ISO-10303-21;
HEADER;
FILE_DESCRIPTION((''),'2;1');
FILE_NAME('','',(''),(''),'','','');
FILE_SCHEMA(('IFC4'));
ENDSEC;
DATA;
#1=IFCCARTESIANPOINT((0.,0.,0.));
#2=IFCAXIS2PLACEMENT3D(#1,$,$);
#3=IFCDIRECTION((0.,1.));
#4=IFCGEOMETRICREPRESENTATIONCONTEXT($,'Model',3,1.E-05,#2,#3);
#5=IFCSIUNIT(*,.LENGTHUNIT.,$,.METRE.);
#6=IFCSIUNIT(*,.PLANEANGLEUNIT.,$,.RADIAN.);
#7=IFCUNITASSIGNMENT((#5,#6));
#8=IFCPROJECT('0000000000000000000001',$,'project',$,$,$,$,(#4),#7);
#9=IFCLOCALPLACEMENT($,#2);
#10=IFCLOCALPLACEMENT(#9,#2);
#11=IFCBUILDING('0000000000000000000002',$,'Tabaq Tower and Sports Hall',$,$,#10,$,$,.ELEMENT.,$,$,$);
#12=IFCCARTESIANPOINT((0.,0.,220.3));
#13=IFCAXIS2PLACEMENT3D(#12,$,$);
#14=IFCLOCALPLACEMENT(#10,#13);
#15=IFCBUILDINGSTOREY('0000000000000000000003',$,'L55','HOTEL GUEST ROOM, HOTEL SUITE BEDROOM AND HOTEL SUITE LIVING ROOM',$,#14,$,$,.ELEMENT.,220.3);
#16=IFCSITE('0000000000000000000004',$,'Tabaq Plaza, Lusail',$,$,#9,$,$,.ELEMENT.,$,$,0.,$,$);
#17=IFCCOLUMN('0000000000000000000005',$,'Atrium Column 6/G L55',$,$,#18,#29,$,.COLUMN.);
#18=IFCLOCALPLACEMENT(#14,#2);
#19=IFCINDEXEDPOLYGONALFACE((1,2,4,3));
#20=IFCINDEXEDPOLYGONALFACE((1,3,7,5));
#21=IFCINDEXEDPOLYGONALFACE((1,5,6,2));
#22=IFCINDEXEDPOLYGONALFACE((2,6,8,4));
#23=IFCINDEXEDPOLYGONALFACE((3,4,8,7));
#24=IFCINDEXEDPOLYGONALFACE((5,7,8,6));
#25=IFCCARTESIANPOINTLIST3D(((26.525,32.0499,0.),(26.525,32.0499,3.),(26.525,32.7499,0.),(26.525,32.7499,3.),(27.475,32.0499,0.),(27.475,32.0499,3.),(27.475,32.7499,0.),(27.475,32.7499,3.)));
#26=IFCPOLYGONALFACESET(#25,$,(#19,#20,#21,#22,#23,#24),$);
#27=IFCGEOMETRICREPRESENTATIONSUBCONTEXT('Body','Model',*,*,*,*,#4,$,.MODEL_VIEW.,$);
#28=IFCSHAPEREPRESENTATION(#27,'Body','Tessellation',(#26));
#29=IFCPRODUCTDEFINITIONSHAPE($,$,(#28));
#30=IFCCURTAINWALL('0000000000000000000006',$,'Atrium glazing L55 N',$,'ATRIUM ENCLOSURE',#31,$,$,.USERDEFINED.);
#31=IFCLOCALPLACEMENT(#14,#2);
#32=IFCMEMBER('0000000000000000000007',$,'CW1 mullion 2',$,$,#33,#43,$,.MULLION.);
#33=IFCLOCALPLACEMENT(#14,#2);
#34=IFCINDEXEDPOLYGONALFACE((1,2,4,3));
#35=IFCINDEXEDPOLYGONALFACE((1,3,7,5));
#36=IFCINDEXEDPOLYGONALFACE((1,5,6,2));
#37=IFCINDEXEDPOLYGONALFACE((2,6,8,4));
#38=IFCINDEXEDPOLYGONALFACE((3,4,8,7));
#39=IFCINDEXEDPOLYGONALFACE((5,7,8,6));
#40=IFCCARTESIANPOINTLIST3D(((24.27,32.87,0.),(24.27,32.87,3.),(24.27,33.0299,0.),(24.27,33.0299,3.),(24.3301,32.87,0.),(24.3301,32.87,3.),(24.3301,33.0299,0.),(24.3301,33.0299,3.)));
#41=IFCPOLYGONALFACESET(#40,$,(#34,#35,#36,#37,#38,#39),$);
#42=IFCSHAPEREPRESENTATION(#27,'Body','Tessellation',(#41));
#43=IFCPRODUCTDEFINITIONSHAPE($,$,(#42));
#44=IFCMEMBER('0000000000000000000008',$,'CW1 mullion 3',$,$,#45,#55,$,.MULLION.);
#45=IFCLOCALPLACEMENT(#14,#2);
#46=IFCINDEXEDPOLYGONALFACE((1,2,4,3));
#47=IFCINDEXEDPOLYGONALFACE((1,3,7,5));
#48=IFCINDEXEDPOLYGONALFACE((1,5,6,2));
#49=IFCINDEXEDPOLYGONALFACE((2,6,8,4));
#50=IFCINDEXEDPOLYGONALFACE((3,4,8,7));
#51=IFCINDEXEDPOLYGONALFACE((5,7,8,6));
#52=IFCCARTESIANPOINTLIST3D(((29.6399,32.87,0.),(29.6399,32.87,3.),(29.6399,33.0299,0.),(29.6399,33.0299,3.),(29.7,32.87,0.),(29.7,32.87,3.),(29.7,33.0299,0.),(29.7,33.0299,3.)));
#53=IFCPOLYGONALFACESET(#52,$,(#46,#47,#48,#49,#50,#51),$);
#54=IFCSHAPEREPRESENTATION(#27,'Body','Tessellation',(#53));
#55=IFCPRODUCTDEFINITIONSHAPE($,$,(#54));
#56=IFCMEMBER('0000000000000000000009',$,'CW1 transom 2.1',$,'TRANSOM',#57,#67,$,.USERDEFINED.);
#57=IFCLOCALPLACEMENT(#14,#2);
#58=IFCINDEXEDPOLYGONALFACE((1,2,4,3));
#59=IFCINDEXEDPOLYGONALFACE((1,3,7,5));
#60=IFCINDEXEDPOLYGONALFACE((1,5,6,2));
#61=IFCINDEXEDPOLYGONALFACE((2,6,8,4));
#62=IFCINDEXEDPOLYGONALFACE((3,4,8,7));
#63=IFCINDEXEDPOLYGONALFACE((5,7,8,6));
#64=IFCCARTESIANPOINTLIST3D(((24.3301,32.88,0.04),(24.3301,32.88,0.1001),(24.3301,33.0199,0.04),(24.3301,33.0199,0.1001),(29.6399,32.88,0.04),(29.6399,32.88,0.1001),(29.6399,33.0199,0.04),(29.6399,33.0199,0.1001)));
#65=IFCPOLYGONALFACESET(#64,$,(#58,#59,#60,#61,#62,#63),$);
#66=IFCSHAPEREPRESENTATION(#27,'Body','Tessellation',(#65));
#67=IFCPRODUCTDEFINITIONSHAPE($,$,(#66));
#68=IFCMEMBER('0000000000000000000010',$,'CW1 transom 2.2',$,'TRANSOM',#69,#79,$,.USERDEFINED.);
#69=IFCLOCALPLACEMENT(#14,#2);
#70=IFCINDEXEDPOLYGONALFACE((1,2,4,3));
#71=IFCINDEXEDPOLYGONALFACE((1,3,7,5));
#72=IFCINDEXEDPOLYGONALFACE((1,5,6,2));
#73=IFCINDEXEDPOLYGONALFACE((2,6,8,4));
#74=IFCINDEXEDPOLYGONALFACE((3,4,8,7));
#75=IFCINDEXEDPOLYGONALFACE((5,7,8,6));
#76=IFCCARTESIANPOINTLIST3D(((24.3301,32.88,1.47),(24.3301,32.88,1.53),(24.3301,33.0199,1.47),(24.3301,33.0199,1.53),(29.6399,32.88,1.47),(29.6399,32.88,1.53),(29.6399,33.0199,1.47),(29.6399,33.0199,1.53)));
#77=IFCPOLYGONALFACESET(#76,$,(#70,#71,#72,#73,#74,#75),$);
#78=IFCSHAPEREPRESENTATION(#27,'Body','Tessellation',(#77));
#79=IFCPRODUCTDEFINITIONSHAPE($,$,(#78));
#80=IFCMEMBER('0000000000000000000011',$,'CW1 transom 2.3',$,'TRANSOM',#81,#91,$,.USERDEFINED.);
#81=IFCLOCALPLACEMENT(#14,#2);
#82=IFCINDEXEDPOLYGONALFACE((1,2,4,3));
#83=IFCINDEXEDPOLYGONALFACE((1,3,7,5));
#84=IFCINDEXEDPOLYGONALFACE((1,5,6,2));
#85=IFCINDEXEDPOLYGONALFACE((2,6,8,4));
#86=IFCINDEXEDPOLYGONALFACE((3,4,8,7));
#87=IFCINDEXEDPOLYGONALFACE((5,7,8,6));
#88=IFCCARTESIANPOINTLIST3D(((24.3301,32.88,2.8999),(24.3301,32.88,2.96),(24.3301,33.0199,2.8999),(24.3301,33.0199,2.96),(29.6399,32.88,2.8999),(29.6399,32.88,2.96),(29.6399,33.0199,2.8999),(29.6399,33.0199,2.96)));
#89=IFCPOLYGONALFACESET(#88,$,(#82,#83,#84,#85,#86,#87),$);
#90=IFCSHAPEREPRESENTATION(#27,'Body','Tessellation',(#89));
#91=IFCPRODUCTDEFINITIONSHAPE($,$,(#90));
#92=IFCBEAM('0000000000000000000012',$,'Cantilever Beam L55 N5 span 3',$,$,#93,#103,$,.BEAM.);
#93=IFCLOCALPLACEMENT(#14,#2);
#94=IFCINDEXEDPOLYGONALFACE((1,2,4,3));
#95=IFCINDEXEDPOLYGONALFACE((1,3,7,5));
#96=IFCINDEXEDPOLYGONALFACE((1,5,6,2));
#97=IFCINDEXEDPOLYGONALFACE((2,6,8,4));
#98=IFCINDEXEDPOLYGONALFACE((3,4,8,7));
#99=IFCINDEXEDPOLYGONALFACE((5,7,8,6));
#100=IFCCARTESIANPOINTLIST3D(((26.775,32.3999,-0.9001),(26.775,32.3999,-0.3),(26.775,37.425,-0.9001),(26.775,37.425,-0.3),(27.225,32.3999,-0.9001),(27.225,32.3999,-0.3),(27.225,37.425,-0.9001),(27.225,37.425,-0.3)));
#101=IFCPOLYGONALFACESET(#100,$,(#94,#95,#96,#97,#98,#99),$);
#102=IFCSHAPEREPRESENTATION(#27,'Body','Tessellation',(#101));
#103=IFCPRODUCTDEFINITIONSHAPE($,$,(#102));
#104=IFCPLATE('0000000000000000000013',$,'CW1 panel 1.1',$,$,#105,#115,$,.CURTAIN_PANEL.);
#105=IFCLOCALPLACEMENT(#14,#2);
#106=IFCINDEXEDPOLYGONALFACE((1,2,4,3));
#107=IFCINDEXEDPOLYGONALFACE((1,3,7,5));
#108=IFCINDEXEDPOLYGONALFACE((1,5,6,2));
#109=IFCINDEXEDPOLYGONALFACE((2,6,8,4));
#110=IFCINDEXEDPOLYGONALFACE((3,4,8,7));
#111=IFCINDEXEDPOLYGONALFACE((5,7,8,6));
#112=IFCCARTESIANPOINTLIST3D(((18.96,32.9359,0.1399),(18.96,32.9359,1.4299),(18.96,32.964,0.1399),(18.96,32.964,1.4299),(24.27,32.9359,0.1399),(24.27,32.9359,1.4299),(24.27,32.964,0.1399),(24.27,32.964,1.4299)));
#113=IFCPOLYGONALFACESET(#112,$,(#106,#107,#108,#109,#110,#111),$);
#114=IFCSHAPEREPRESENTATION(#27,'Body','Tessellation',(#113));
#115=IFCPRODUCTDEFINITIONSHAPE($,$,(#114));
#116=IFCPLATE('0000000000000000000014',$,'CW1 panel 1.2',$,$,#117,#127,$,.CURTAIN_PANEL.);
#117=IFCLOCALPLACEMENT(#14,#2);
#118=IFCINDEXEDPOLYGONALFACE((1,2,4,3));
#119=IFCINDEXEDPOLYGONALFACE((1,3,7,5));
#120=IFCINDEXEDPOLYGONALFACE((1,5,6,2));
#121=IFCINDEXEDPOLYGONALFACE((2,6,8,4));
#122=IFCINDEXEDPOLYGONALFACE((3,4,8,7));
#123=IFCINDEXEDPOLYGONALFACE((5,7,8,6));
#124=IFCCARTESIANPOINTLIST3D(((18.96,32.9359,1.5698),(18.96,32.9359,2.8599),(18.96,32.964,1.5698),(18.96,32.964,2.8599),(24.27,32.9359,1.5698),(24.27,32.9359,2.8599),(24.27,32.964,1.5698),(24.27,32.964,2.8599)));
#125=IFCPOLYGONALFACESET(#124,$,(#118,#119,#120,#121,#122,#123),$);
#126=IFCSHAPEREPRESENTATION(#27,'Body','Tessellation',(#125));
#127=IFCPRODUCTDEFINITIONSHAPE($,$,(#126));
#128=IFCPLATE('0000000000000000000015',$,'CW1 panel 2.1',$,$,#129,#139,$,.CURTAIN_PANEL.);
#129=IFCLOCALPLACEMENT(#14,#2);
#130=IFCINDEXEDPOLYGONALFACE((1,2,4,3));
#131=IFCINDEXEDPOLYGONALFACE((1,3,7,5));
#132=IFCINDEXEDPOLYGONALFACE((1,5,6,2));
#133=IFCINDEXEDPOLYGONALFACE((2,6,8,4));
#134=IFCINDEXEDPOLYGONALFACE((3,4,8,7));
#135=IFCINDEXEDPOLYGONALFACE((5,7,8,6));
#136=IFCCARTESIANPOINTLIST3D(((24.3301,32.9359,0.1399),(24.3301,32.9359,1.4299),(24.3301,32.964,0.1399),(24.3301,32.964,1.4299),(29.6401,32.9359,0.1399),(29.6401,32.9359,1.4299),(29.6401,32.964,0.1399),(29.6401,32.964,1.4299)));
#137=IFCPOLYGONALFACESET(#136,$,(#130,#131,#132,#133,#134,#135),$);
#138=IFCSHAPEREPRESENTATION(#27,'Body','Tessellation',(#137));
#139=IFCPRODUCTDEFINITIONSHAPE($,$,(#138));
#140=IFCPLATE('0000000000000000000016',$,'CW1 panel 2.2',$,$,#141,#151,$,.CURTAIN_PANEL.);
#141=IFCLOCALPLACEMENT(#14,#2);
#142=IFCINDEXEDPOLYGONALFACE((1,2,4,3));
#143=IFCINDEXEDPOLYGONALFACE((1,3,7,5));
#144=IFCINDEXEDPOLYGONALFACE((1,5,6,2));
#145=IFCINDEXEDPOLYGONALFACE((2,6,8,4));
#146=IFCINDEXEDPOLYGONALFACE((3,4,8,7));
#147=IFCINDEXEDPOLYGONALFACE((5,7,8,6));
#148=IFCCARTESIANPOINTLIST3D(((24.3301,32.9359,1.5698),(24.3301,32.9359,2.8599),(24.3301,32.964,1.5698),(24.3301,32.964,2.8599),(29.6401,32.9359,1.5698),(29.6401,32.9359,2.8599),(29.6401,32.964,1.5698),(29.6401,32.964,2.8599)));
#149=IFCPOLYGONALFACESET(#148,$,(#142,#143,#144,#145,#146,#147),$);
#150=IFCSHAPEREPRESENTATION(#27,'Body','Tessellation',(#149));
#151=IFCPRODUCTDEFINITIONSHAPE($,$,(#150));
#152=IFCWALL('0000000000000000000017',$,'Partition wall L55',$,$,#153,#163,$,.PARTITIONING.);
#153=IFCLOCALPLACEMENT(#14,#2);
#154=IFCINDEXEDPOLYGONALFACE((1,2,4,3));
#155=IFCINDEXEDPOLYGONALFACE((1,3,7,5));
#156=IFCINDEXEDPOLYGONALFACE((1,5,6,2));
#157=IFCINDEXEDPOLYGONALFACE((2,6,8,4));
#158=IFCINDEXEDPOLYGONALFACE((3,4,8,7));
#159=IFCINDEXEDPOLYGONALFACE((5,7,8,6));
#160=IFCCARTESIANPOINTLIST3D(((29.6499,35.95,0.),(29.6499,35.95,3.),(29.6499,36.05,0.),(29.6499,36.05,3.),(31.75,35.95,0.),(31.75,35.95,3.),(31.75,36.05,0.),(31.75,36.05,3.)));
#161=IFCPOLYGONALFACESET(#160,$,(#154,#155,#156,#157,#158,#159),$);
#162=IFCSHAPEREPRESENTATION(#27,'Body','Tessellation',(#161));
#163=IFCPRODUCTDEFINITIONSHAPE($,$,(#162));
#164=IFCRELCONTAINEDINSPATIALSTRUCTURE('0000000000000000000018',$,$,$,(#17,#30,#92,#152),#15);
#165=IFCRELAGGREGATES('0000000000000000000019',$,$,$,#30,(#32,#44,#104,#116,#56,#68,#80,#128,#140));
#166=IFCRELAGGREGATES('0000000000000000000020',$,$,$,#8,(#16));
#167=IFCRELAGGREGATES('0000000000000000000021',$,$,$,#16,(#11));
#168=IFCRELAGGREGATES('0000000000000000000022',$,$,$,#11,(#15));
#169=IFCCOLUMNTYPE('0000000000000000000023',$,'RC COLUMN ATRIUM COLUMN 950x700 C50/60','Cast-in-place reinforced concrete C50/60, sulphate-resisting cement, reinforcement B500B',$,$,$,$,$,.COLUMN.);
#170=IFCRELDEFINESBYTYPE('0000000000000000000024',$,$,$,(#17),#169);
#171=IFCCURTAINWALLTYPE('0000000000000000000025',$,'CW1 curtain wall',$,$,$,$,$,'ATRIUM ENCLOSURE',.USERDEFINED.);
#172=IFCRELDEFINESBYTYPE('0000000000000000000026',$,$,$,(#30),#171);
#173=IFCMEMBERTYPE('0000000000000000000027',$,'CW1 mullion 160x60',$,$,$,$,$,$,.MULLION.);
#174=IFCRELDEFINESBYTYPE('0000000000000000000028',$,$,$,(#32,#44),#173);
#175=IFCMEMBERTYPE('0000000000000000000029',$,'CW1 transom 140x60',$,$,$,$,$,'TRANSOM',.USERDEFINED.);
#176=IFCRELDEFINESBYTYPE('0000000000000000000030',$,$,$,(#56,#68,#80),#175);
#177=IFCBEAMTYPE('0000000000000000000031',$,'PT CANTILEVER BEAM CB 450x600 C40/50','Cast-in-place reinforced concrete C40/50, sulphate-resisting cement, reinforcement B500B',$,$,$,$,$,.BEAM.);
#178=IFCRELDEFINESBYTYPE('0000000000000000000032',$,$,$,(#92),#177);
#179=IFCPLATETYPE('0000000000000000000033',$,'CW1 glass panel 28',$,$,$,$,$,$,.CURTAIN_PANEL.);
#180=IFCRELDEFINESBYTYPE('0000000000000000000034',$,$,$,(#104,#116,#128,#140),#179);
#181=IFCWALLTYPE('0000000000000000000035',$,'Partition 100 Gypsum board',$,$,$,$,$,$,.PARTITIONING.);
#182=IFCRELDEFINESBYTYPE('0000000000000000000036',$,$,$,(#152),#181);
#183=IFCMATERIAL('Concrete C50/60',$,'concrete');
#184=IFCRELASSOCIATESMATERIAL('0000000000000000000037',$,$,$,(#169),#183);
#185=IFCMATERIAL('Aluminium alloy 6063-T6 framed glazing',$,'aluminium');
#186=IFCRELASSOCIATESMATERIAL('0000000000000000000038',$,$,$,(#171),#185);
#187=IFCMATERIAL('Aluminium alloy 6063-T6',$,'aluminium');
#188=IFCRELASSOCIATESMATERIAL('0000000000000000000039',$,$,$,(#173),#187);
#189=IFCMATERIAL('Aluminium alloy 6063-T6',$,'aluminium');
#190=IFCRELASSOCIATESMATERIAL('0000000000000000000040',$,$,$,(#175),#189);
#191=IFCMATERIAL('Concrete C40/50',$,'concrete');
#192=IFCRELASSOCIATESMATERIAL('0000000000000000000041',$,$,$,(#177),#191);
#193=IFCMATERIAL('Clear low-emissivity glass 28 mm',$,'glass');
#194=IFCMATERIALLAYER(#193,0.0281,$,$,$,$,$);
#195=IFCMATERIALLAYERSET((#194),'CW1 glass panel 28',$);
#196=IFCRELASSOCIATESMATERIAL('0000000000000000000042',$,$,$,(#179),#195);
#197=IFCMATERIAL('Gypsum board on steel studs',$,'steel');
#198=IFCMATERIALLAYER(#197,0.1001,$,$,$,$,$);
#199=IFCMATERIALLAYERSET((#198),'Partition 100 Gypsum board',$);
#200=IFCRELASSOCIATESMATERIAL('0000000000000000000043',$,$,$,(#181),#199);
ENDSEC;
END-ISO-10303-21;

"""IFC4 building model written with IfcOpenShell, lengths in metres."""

from ifc_helpers import new_model, si_unit, direction, frame, frame_2d, origin, origin_2d, place, context, subcontext, project, spatial, rectangle, extrude, material, layer, layer_set, material_profile, profile_set, type_object, element, aggregate, save


model = new_model("IFC4")

# Units and contexts
model_context = context("Model", 3, precision=1e-05, world=origin(), true_north=direction((0.0, 1.0)))
body_context = subcontext(model_context, "Body", "Model", "MODEL_VIEW")
ifc_project = project(units=[si_unit("LENGTHUNIT", "METRE"), si_unit("PLANEANGLEUNIT", "RADIAN")], contexts=[model_context])

# Site, building, storey
site_placement = place(None, origin())
site = spatial("IfcSite", under=ifc_project, at=site_placement, Name="Tabaq Plaza, Lusail", CompositionType="ELEMENT", RefElevation=0.0)
building_placement = place(site_placement, origin())
building = spatial("IfcBuilding", under=site, at=building_placement, Name="Tabaq Tower and Sports Hall", CompositionType="ELEMENT")
storey_placement = place(building_placement, frame((0.0, 0.0, 220.3)))
storey = spatial("IfcBuildingStorey", under=building, at=storey_placement, Name="L55", Description="HOTEL GUEST ROOM, HOTEL SUITE BEDROOM AND HOTEL SUITE LIVING ROOM", CompositionType="ELEMENT", Elevation=220.3)

# Column
ifc_material_1 = material(Name="Concrete C50/60", Category="concrete")
ifc_material_profile_1 = material_profile(ifc_material_1, rectangle(XDim=0.95, YDim=0.7, at=origin_2d()), Name="ATRIUM COLUMN 950x700")
ifc_profile_set_1 = profile_set([ifc_material_profile_1], Name="Concrete C50/60")
column_type = type_object("IfcColumnType", Name="RC COLUMN ATRIUM COLUMN 950x700 C50/60", Description="Cast-in-place reinforced concrete C50/60, sulphate-resisting cement, reinforcement B500B", PredefinedType="COLUMN", material=ifc_profile_set_1)
column_placement = place(storey_placement, frame((27.0, 32.3999, 0.0), z_axis=(0.0, 0.0, 1.0), x_axis=(1.0, 0.0, 0.0)))
element("IfcColumn", 1, at=column_placement, inside=storey, type_object=column_type, Name="Atrium Column 6/G L55", PredefinedType="COLUMN", context=body_context, shape_type="SweptSolid", body=[
    extrude(rectangle(XDim=0.95, YDim=0.7, at=origin_2d()), origin(), (0.0, 0.0, 1.0), 3.0),
])

# Curtain wall, members
ifc_material_2 = material(Name="Aluminium alloy 6063-T6 framed glazing", Category="aluminium")
curtain_wall_type = type_object("IfcCurtainWallType", Name="CW1 curtain wall", ElementType="ATRIUM ENCLOSURE", PredefinedType="USERDEFINED", material=ifc_material_2)
curtain_wall_placement = place(storey_placement, origin())
curtain_wall = element("IfcCurtainWall", 2, at=curtain_wall_placement, inside=storey, type_object=curtain_wall_type, Name="Atrium glazing L55 N", ObjectType="ATRIUM ENCLOSURE", PredefinedType="USERDEFINED")
ifc_material_3 = material(Name="Aluminium alloy 6063-T6", Category="aluminium")
ifc_material_profile_2 = material_profile(ifc_material_3, rectangle(XDim=0.1599, YDim=0.0601, at=origin_2d()), Name="MULLION 160x60")
ifc_profile_set_2 = profile_set([ifc_material_profile_2], Name="Aluminium alloy 6063-T6")
member_type_1 = type_object("IfcMemberType", Name="CW1 mullion 160x60", PredefinedType="MULLION", material=ifc_profile_set_2)
member_1_placement = place(storey_placement, frame((24.3, 32.95, 0.0), z_axis=(0.0, 0.0, 1.0), x_axis=(0.0, 1.0, 0.0)))
member_1 = element("IfcMember", 3, at=member_1_placement, type_object=member_type_1, Name="CW1 mullion 2", PredefinedType="MULLION", context=body_context, shape_type="SweptSolid", body=[
    extrude(rectangle(XDim=0.1599, YDim=0.0601, at=origin_2d()), origin(), (0.0, 0.0, 1.0), 3.0),
])
member_2_placement = place(storey_placement, frame((29.6699, 32.95, 0.0), z_axis=(0.0, 0.0, 1.0), x_axis=(0.0, 1.0, 0.0)))
member_2 = element("IfcMember", 4, at=member_2_placement, type_object=member_type_1, Name="CW1 mullion 3", PredefinedType="MULLION", context=body_context, shape_type="SweptSolid", body=[
    extrude(rectangle(XDim=0.1599, YDim=0.0601, at=origin_2d()), origin(), (0.0, 0.0, 1.0), 3.0),
])
ifc_material_4 = material(Name="Aluminium alloy 6063-T6", Category="aluminium")
ifc_material_profile_3 = material_profile(ifc_material_4, rectangle(XDim=0.1399, YDim=0.0601, at=origin_2d()), Name="TRANSOM 140x60")
ifc_profile_set_3 = profile_set([ifc_material_profile_3], Name="Aluminium alloy 6063-T6")
member_type_2 = type_object("IfcMemberType", Name="CW1 transom 140x60", ElementType="TRANSOM", PredefinedType="USERDEFINED", material=ifc_profile_set_3)
member_3_placement = place(storey_placement, frame((24.3301, 32.95, 0.0701), z_axis=(1.0, 0.0, 0.0), x_axis=(0.0, 1.0, 0.0)))
member_3 = element("IfcMember", 5, at=member_3_placement, type_object=member_type_2, Name="CW1 transom 2.1", ObjectType="TRANSOM", PredefinedType="USERDEFINED", context=body_context, shape_type="SweptSolid", body=[
    extrude(rectangle(XDim=0.1399, YDim=0.0601, at=origin_2d()), origin(), (0.0, 0.0, 1.0), 5.3098),
])
member_4_placement = place(storey_placement, frame((24.3301, 32.95, 1.5), z_axis=(1.0, 0.0, 0.0), x_axis=(0.0, 1.0, 0.0)))
member_4 = element("IfcMember", 6, at=member_4_placement, type_object=member_type_2, Name="CW1 transom 2.2", ObjectType="TRANSOM", PredefinedType="USERDEFINED", context=body_context, shape_type="SweptSolid", body=[
    extrude(rectangle(XDim=0.1399, YDim=0.0601, at=origin_2d()), origin(), (0.0, 0.0, 1.0), 5.3098),
])
member_5_placement = place(storey_placement, frame((24.3301, 32.95, 2.9299), z_axis=(1.0, 0.0, 0.0), x_axis=(0.0, 1.0, 0.0)))
member_5 = element("IfcMember", 7, at=member_5_placement, type_object=member_type_2, Name="CW1 transom 2.3", ObjectType="TRANSOM", PredefinedType="USERDEFINED", context=body_context, shape_type="SweptSolid", body=[
    extrude(rectangle(XDim=0.1399, YDim=0.0601, at=origin_2d()), origin(), (0.0, 0.0, 1.0), 5.3098),
])

# Beam
ifc_material_5 = material(Name="Concrete C40/50", Category="concrete")
ifc_material_profile_4 = material_profile(ifc_material_5, rectangle(XDim=0.45, YDim=0.6001, at=origin_2d()), Name="CB 450x600")
ifc_profile_set_4 = profile_set([ifc_material_profile_4], Name="Concrete C40/50")
beam_type = type_object("IfcBeamType", Name="PT CANTILEVER BEAM CB 450x600 C40/50", Description="Cast-in-place reinforced concrete C40/50, sulphate-resisting cement, reinforcement B500B", PredefinedType="BEAM", material=ifc_profile_set_4)
beam_placement = place(storey_placement, frame((27.0, 37.425, -0.6001), z_axis=(0.0, -1.0, 0.0), x_axis=(1.0, 0.0, 0.0)))
element("IfcBeam", 8, at=beam_placement, inside=storey, type_object=beam_type, Name="Cantilever Beam L55 N5 span 3", PredefinedType="BEAM", context=body_context, shape_type="SweptSolid", body=[
    extrude(rectangle(XDim=0.45, YDim=0.6001, at=origin_2d()), origin(), (0.0, 0.0, 1.0), 5.0251),
])

# Plates
ifc_material_6 = material(Name="Clear low-emissivity glass 28 mm", Category="glass")
ifc_layer_1 = layer(ifc_material_6, 0.0281)
ifc_layer_set_1 = layer_set([ifc_layer_1], Name="CW1 glass panel 28")
plate_type = type_object("IfcPlateType", Name="CW1 glass panel 28", PredefinedType="CURTAIN_PANEL", material=ifc_layer_set_1)
plate_1_placement = place(storey_placement, frame((21.615, 32.95, 0.1399), z_axis=(0.0, 0.0, 1.0), x_axis=(1.0, 0.0, 0.0)))
plate_1 = element("IfcPlate", 9, at=plate_1_placement, type_object=plate_type, Name="CW1 panel 1.1", PredefinedType="CURTAIN_PANEL", context=body_context, shape_type="SweptSolid", body=[
    extrude(rectangle(XDim=5.3101, YDim=0.0281, at=origin_2d()), origin(), (0.0, 0.0, 1.0), 1.29),
])
plate_2_placement = place(storey_placement, frame((21.615, 32.95, 1.5698), z_axis=(0.0, 0.0, 1.0), x_axis=(1.0, 0.0, 0.0)))
plate_2 = element("IfcPlate", 10, at=plate_2_placement, type_object=plate_type, Name="CW1 panel 1.2", PredefinedType="CURTAIN_PANEL", context=body_context, shape_type="SweptSolid", body=[
    extrude(rectangle(XDim=5.3101, YDim=0.0281, at=origin_2d()), origin(), (0.0, 0.0, 1.0), 1.29),
])
plate_3_placement = place(storey_placement, frame((26.9851, 32.95, 0.1399), z_axis=(0.0, 0.0, 1.0), x_axis=(1.0, 0.0, 0.0)))
plate_3 = element("IfcPlate", 11, at=plate_3_placement, type_object=plate_type, Name="CW1 panel 2.1", PredefinedType="CURTAIN_PANEL", context=body_context, shape_type="SweptSolid", body=[
    extrude(rectangle(XDim=5.3101, YDim=0.0281, at=origin_2d()), origin(), (0.0, 0.0, 1.0), 1.29),
])
plate_4_placement = place(storey_placement, frame((26.9851, 32.95, 1.5698), z_axis=(0.0, 0.0, 1.0), x_axis=(1.0, 0.0, 0.0)))
plate_4 = element("IfcPlate", 12, at=plate_4_placement, type_object=plate_type, Name="CW1 panel 2.2", PredefinedType="CURTAIN_PANEL", context=body_context, shape_type="SweptSolid", body=[
    extrude(rectangle(XDim=5.3101, YDim=0.0281, at=origin_2d()), origin(), (0.0, 0.0, 1.0), 1.29),
])
aggregate(curtain_wall, [member_1, member_2, plate_1, plate_2, member_3, member_4, member_5, plate_3, plate_4])

# Wall
ifc_material_7 = material(Name="Gypsum board on steel studs", Category="steel")
ifc_layer_2 = layer(ifc_material_7, 0.1001)
ifc_layer_set_2 = layer_set([ifc_layer_2], Name="Partition 100 Gypsum board")
wall_type_1 = type_object("IfcWallType", Name="Partition 100 Gypsum board", PredefinedType="PARTITIONING", material=ifc_layer_set_2)
wall_1_placement = place(storey_placement, frame((31.75, 36.0, 0.0), z_axis=(0.0, 0.0, 1.0), x_axis=(-1.0, 0.0, 0.0)))
element("IfcWall", 13, at=wall_1_placement, inside=storey, type_object=wall_type_1, Name="Partition wall L55", PredefinedType="PARTITIONING", context=body_context, shape_type="SweptSolid", body=[
    extrude(rectangle(XDim=2.1001, YDim=0.1001, at=frame_2d((1.05, 0.0))), origin(), (0.0, 0.0, 1.0), 3.0),
])

save(model, "model.ifc")
